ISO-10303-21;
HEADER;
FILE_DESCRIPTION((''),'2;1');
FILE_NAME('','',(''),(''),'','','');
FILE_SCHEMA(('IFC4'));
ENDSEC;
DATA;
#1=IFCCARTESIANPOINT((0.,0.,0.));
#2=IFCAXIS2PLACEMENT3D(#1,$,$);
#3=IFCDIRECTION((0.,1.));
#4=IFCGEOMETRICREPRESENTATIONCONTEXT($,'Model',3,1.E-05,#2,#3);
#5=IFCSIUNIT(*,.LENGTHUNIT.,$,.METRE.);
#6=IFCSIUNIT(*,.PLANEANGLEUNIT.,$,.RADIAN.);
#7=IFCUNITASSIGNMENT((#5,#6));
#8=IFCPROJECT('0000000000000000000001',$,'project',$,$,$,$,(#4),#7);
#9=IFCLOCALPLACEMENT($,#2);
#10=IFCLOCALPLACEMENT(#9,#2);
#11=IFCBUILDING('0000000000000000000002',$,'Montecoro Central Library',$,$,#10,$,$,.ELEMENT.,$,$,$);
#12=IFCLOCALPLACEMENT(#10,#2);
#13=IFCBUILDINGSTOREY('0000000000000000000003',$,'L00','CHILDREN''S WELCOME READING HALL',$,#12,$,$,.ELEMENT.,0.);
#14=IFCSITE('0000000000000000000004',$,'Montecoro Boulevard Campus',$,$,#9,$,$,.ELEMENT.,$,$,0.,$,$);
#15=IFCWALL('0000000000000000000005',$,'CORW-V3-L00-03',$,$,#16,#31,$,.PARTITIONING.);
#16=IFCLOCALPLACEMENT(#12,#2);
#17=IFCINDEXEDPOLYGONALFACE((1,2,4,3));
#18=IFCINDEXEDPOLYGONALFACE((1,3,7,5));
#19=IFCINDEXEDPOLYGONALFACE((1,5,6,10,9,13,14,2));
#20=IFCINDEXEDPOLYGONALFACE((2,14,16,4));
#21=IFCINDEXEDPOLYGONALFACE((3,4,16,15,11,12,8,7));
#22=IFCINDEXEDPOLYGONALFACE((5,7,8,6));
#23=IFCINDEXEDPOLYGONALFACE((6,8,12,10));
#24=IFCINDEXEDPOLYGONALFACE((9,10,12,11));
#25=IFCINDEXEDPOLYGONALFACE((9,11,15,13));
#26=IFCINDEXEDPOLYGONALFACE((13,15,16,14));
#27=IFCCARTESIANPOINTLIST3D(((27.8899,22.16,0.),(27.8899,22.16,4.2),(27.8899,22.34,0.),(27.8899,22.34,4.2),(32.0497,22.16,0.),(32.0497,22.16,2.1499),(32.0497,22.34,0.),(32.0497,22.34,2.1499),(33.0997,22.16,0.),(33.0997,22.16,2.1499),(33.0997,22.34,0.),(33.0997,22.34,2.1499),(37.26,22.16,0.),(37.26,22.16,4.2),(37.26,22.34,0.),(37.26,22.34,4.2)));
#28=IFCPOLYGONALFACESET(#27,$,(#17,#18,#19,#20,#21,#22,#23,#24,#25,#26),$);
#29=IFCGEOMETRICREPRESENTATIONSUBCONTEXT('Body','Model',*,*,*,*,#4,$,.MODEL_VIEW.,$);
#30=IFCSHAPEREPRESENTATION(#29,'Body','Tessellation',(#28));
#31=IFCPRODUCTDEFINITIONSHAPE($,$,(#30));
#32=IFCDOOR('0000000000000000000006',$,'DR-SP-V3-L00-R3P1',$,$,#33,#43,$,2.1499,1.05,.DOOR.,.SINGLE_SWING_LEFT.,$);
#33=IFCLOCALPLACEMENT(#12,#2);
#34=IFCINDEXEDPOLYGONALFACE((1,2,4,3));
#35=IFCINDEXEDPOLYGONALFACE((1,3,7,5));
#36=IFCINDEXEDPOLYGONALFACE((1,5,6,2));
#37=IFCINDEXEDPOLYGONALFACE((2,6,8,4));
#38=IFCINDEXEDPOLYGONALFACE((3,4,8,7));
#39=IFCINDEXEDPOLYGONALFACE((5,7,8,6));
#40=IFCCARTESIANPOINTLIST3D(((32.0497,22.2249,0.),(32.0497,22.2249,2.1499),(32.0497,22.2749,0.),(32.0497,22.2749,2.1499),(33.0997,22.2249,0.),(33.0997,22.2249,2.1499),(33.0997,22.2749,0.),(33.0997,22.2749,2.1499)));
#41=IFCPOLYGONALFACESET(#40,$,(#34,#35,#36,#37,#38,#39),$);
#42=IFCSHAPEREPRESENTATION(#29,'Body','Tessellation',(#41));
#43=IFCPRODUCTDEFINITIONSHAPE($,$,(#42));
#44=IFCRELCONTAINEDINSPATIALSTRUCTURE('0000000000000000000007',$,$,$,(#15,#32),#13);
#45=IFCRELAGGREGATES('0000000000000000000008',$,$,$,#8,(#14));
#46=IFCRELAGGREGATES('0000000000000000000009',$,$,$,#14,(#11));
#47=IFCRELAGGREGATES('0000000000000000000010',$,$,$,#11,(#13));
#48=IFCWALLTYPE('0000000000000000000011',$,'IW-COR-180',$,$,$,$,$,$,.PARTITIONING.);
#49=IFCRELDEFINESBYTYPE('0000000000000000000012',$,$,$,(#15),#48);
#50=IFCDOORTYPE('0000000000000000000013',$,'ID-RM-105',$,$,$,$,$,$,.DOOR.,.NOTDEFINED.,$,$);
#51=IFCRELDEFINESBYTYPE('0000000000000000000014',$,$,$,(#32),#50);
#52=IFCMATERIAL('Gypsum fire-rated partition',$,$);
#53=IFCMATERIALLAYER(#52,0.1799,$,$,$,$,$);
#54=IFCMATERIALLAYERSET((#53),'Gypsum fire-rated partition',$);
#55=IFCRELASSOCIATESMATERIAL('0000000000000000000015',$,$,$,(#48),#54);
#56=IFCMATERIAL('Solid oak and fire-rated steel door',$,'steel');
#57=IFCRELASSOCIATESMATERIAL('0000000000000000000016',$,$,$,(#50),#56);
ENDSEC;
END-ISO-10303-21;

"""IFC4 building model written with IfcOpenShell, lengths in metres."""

from ifc_helpers import new_model, si_unit, direction, frame, frame_2d, origin, place, context, subcontext, project, spatial, rectangle, extrude, material, layer, layer_set, type_object, element, fill, save


model = new_model("IFC4")

# Units and contexts
model_context = context("Model", 3, precision=1e-05, world=origin(), true_north=direction((0.0, 1.0)))
body_context = subcontext(model_context, "Body", "Model", "MODEL_VIEW")
ifc_project = project(units=[si_unit("LENGTHUNIT", "METRE"), si_unit("PLANEANGLEUNIT", "RADIAN")], contexts=[model_context])

# Site, building, storey
site_placement = place(None, origin())
site = spatial("IfcSite", under=ifc_project, at=site_placement, Name="Montecoro Boulevard Campus", CompositionType="ELEMENT", RefElevation=0.0)
building_placement = place(site_placement, origin())
building = spatial("IfcBuilding", under=site, at=building_placement, Name="Montecoro Central Library", CompositionType="ELEMENT")
storey_placement = place(building_placement, origin())
storey = spatial("IfcBuildingStorey", under=building, at=storey_placement, Name="L00", Description="CHILDREN'S WELCOME READING HALL", CompositionType="ELEMENT", Elevation=0.0)

# Wall, opening, door
ifc_material_1 = material(Name="Gypsum fire-rated partition")
ifc_layer = layer(ifc_material_1, 0.1799)
ifc_layer_set = layer_set([ifc_layer], Name="Gypsum fire-rated partition")
wall_type = type_object("IfcWallType", Name="IW-COR-180", PredefinedType="PARTITIONING", material=ifc_layer_set)
wall_placement = place(storey_placement, frame((27.8899, 22.25, 0.0), z_axis=(0.0, 0.0, 1.0), x_axis=(1.0, 0.0, 0.0)))
wall = element("IfcWall", 1, at=wall_placement, inside=storey, type_object=wall_type, Name="CORW-V3-L00-03", PredefinedType="PARTITIONING", context=body_context, shape_type="SweptSolid", body=[
    extrude(rectangle(XDim=9.3701, YDim=0.1799, at=frame_2d((4.6851, 0.0))), origin(), (0.0, 0.0, 1.0), 4.2),
])
opening_placement = place(wall_placement, frame((4.1599, 0.0, 0.0)))
opening = element("IfcOpeningElement", 2, at=opening_placement, cuts=wall, PredefinedType="OPENING", context=body_context, shape_type="SweptSolid", body=[
    extrude(rectangle(XDim=1.05, YDim=2.1499, at=frame_2d((0.5249, 1.075))), frame((0.0, 0.0999, 0.0), z_axis=(0.0, -1.0, 0.0), x_axis=(1.0, 0.0, 0.0)), (0.0, 0.0, 1.0), 0.2),
])
ifc_material_2 = material(Name="Solid oak and fire-rated steel door", Category="steel")
door_type = type_object("IfcDoorType", Name="ID-RM-105", OperationType="NOTDEFINED", PredefinedType="DOOR", material=ifc_material_2)
door_placement = place(opening_placement, origin())
door = element("IfcDoor", 3, at=door_placement, inside=storey, type_object=door_type, Name="DR-SP-V3-L00-R3P1", OperationType="SINGLE_SWING_LEFT", OverallHeight=2.1499, OverallWidth=1.05, PredefinedType="DOOR", context=body_context, shape_type="SweptSolid", body=[
    extrude(rectangle(XDim=1.05, YDim=2.1499, at=frame_2d((0.5249, 1.075))), frame((0.0, 0.0249, 0.0), z_axis=(0.0, -1.0, 0.0), x_axis=(1.0, 0.0, 0.0)), (0.0, 0.0, 1.0), 0.05),
])
fill(opening, door)

save(model, "model.ifc")
